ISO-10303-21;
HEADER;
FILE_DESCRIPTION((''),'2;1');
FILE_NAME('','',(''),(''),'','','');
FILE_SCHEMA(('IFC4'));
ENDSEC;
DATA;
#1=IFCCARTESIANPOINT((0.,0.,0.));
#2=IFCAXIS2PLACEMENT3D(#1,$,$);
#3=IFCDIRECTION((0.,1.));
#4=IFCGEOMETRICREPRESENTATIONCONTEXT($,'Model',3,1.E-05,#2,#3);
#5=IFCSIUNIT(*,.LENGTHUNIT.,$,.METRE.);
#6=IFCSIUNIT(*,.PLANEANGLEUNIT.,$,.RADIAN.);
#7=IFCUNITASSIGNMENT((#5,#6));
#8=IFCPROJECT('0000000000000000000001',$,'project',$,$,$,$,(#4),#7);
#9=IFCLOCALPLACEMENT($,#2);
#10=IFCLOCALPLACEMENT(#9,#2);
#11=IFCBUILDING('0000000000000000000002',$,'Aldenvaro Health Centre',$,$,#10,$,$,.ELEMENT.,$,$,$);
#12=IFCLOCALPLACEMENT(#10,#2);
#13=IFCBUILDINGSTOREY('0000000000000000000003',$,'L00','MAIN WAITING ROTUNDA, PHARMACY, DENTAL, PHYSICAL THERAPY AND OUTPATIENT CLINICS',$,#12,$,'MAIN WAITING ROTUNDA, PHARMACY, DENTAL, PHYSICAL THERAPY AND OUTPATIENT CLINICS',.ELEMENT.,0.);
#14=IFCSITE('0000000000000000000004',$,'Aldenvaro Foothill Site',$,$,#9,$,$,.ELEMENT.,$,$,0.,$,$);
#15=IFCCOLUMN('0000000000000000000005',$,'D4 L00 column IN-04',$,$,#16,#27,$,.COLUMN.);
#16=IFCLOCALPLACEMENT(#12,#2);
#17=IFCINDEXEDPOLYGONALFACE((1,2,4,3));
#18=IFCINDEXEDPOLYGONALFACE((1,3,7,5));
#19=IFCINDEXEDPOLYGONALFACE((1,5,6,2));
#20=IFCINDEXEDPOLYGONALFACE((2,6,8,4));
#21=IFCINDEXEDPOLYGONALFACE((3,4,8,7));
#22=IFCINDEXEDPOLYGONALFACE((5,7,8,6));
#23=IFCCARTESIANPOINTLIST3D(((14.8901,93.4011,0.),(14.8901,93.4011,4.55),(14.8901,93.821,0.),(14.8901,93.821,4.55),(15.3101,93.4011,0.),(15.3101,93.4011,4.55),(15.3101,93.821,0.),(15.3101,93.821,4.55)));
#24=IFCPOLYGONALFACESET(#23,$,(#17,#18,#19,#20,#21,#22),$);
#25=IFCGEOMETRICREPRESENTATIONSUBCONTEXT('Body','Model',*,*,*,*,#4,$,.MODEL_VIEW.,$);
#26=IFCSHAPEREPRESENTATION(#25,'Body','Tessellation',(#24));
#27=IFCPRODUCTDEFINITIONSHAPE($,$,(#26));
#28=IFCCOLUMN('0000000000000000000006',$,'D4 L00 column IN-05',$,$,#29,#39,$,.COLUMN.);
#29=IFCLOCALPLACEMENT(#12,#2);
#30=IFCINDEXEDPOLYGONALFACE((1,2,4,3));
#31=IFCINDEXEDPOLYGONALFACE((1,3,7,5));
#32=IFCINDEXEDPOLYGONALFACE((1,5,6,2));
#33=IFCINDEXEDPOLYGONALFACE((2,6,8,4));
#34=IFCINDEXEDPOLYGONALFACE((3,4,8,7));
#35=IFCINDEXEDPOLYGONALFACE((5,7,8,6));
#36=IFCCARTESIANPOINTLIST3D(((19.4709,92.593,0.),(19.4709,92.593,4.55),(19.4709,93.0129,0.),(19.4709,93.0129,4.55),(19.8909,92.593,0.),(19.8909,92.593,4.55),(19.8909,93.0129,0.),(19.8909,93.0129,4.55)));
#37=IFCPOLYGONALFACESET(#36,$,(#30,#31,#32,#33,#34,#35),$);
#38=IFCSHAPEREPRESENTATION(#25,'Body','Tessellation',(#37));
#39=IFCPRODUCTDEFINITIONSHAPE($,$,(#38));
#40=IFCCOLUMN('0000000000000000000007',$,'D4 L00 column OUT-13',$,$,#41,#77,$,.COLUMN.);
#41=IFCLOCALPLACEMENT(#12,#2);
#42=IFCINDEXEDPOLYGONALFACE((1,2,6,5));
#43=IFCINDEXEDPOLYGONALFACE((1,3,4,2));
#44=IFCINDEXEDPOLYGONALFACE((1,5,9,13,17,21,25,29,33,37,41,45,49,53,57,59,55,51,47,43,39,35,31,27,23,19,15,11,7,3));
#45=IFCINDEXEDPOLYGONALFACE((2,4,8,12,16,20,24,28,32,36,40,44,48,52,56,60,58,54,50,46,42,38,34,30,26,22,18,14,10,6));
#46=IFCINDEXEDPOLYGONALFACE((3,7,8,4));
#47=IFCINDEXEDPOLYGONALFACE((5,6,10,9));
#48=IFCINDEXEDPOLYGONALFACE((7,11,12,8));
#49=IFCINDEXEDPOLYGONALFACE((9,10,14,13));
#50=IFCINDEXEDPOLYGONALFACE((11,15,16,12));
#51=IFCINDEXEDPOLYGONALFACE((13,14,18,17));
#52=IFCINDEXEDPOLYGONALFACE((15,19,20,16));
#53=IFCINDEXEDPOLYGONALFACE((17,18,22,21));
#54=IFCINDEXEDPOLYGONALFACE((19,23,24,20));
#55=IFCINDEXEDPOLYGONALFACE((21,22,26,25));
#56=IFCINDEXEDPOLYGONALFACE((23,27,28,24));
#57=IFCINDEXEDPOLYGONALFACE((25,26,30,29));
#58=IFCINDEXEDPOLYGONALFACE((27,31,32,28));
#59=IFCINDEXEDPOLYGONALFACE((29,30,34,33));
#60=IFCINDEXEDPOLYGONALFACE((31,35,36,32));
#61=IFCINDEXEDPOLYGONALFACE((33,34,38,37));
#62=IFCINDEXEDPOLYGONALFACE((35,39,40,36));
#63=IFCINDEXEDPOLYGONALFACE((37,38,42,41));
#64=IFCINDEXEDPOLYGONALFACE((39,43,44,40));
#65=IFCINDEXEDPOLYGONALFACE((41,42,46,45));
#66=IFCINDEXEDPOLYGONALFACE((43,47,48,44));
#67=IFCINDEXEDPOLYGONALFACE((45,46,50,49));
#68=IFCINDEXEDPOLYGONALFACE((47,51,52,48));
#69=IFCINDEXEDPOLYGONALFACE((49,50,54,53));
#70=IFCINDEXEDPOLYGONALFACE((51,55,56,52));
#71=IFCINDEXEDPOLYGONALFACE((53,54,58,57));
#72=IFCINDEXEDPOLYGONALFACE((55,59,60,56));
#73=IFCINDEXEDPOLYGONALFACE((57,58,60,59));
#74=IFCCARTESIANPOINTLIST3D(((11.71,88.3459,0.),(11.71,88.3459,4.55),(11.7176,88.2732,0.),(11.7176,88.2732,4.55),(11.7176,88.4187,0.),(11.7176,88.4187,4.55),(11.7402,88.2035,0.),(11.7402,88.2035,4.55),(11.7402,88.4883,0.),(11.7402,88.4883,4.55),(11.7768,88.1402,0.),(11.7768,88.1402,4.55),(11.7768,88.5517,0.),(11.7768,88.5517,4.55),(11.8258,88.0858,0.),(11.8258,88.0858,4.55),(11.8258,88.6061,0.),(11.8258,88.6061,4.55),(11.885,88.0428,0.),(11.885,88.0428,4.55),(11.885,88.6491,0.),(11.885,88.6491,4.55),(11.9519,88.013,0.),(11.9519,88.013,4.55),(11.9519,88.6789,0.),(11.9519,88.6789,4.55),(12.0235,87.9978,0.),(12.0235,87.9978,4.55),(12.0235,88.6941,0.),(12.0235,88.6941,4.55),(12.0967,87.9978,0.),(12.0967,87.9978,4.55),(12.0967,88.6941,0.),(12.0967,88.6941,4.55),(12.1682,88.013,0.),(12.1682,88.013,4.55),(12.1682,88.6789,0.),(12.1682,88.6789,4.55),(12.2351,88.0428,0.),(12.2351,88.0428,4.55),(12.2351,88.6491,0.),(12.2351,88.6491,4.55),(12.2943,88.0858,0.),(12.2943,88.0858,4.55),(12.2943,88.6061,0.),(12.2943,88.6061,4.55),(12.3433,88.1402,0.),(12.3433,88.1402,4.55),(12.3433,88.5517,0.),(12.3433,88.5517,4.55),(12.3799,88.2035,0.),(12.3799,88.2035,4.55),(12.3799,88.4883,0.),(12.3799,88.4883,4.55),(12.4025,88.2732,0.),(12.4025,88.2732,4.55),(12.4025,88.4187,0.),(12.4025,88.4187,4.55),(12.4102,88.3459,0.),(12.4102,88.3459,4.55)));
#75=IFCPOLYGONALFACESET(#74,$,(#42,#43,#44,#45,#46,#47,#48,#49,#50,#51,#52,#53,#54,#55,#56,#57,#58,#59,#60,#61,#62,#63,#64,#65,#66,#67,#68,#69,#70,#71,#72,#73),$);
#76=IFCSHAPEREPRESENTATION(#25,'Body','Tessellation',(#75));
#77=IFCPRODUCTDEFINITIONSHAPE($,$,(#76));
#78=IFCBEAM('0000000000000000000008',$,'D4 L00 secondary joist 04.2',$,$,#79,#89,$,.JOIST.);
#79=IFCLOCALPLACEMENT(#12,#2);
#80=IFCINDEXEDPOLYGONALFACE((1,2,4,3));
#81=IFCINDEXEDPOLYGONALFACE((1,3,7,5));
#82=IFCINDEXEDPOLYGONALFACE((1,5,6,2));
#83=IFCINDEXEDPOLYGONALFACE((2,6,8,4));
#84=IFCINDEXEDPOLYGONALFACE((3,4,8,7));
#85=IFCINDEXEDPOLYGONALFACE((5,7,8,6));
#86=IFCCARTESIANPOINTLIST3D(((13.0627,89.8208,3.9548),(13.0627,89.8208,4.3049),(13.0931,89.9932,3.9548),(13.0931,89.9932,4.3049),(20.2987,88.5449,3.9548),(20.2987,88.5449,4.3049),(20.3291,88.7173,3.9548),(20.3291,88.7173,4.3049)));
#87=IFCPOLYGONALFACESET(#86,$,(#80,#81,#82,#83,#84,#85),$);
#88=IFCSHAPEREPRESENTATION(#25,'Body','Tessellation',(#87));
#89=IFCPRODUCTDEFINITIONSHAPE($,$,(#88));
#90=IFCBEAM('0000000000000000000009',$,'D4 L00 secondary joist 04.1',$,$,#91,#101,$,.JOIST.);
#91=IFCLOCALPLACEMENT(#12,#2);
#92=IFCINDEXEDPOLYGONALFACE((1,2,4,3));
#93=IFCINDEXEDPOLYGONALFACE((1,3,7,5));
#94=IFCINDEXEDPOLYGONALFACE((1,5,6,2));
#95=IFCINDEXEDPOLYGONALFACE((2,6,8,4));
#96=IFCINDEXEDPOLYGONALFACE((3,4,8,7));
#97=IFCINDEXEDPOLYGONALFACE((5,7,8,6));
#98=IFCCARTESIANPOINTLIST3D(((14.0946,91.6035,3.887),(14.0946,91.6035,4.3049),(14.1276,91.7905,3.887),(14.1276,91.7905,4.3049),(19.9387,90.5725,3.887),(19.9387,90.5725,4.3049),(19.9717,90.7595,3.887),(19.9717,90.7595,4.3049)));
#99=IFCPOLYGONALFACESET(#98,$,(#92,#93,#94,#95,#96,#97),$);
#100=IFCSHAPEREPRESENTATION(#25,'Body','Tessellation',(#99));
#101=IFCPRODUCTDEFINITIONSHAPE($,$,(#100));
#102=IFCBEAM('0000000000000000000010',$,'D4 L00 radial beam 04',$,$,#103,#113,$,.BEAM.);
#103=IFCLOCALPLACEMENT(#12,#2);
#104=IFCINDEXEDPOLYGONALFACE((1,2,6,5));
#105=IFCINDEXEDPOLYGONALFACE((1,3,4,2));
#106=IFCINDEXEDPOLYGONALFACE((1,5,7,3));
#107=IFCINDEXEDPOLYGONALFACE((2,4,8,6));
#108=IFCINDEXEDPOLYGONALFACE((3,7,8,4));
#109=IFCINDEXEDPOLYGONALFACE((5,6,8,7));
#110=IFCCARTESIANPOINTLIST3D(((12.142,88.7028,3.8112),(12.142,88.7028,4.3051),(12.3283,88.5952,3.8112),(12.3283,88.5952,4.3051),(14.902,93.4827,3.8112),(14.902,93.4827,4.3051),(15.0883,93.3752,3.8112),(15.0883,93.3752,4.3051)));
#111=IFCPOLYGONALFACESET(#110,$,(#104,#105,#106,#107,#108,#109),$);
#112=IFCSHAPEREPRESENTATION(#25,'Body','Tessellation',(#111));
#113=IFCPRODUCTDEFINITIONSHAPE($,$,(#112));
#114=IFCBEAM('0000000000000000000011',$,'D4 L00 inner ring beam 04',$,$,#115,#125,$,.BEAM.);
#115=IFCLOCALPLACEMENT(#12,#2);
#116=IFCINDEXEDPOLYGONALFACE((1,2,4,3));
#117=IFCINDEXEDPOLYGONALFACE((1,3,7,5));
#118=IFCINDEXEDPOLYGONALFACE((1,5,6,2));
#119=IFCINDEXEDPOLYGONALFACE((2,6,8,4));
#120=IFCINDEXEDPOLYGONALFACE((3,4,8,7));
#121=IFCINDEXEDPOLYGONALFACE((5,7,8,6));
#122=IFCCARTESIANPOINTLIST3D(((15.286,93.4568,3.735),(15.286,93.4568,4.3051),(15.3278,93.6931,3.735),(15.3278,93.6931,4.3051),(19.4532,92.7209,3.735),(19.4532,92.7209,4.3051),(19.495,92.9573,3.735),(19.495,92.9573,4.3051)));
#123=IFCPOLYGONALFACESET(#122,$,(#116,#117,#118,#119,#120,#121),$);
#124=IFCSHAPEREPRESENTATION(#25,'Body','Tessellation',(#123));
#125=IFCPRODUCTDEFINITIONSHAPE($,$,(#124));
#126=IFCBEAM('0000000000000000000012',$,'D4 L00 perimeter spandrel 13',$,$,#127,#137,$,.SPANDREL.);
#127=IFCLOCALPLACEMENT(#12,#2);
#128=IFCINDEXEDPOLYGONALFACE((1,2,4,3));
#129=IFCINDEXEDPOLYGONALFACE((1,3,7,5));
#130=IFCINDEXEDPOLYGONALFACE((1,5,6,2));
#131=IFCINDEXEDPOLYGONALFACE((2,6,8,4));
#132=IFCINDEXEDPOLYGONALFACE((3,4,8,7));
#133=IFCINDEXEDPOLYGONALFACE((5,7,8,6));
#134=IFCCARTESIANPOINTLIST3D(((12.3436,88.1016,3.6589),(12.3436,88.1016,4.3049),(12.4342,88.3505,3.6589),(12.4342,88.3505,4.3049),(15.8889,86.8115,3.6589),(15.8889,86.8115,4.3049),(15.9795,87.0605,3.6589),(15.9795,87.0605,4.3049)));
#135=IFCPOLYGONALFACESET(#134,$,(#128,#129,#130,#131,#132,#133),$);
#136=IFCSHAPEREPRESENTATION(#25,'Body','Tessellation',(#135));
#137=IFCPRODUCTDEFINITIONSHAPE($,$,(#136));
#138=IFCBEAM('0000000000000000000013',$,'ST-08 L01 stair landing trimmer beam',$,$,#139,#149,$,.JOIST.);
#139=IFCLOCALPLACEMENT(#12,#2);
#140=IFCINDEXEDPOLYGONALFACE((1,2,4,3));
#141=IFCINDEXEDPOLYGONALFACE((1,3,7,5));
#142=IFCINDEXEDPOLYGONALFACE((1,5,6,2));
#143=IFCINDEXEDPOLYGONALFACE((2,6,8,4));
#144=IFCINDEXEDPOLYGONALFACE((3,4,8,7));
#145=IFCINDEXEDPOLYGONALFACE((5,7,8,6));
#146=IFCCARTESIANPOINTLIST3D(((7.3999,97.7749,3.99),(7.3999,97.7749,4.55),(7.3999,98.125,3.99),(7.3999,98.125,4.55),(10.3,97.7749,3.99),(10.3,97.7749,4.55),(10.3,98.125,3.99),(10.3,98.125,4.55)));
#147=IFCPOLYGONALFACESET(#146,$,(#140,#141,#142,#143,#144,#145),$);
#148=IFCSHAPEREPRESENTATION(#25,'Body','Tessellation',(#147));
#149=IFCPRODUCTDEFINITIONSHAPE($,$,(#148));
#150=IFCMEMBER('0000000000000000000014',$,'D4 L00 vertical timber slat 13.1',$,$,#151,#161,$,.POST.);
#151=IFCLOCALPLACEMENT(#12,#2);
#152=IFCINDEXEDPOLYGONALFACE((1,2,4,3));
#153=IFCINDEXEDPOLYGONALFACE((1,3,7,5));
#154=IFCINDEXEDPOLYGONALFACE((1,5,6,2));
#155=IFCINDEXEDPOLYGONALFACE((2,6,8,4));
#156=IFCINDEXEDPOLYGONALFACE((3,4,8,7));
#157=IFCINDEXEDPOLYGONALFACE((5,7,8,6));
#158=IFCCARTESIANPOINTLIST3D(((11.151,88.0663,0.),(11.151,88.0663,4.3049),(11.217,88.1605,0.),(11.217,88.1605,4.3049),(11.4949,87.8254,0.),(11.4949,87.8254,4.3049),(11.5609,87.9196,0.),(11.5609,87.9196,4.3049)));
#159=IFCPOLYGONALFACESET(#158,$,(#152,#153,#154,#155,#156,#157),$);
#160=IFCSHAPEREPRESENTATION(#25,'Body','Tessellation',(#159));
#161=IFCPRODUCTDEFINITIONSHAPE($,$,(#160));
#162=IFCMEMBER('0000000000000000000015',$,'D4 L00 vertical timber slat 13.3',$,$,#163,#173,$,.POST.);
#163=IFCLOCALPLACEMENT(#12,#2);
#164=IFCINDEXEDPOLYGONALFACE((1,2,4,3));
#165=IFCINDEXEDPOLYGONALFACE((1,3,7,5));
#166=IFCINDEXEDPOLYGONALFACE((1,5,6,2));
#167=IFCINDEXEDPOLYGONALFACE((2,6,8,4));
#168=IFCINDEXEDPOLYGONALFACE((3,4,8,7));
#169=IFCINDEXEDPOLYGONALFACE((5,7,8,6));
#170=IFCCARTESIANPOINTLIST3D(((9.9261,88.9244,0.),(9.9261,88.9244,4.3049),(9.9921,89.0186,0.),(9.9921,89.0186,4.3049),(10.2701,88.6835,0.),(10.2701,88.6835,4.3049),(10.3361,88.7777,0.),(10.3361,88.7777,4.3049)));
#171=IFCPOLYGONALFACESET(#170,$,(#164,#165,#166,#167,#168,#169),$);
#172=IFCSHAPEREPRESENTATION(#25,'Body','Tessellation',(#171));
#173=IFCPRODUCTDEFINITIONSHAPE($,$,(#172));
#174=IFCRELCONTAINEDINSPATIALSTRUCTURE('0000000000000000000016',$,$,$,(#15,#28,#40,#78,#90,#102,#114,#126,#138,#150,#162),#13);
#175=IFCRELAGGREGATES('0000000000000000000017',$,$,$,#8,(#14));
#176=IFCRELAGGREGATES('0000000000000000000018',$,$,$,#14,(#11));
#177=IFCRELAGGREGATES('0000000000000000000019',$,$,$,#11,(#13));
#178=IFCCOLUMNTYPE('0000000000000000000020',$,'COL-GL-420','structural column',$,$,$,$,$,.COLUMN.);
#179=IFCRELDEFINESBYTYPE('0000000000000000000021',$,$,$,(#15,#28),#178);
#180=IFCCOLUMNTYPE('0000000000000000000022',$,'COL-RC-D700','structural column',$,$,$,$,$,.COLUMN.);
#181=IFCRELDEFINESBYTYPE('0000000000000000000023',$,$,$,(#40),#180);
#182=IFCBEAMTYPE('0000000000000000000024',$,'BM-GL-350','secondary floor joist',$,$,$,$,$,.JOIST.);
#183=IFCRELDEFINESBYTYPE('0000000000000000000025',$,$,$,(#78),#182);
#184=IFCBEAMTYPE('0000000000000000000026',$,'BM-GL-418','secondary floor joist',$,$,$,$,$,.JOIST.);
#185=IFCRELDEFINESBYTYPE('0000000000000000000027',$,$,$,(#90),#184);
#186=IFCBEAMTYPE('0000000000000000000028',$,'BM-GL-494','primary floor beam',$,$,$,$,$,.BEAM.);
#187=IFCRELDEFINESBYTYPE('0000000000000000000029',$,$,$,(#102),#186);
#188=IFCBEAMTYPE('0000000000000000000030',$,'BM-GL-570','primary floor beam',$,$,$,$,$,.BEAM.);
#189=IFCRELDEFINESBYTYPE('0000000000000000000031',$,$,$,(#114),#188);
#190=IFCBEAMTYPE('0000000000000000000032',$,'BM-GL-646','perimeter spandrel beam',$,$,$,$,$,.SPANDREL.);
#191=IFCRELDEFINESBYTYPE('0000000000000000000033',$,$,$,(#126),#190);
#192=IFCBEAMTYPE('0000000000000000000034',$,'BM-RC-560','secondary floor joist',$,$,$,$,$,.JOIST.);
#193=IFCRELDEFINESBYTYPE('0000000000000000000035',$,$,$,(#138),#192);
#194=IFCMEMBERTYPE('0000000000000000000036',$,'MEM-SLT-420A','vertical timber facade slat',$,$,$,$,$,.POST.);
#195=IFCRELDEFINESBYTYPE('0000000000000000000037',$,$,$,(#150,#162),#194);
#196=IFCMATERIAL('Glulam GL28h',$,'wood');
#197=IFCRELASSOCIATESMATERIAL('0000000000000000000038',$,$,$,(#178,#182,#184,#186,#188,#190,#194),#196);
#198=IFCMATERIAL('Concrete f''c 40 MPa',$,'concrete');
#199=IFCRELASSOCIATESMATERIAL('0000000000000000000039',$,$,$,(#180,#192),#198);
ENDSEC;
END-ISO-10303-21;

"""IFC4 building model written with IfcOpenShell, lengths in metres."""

from ifc_helpers import new_model, si_unit, direction, frame, origin, origin_2d, place, context, subcontext, project, spatial, rectangle, circle, extrude, material, material_profile, profile_set, type_object, element, save


model = new_model("IFC4")

# Units and contexts
model_context = context("Model", 3, precision=1e-05, world=origin(), true_north=direction((0.0, 1.0)))
body_context = subcontext(model_context, "Body", "Model", "MODEL_VIEW")
ifc_project = project(units=[si_unit("LENGTHUNIT", "METRE"), si_unit("PLANEANGLEUNIT", "RADIAN")], contexts=[model_context])

# Site, building, storey
site_placement = place(None, origin())
site = spatial("IfcSite", under=ifc_project, at=site_placement, Name="Aldenvaro Foothill Site", CompositionType="ELEMENT", RefElevation=0.0)
building_placement = place(site_placement, origin())
building = spatial("IfcBuilding", under=site, at=building_placement, Name="Aldenvaro Health Centre", CompositionType="ELEMENT")
storey_placement = place(building_placement, origin())
storey = spatial("IfcBuildingStorey", under=building, at=storey_placement, Name="L00", Description="MAIN WAITING ROTUNDA, PHARMACY, DENTAL, PHYSICAL THERAPY AND OUTPATIENT CLINICS", LongName="MAIN WAITING ROTUNDA, PHARMACY, DENTAL, PHYSICAL THERAPY AND OUTPATIENT CLINICS", CompositionType="ELEMENT", Elevation=0.0)

# Columns
ifc_material_1 = material(Name="Glulam GL28h", Category="wood")
ifc_material_profile_1 = material_profile(ifc_material_1, rectangle(XDim=0.4199, YDim=0.4199, at=origin_2d()), Name="GL 420x420", Category="wood")
ifc_profile_set_1 = profile_set([ifc_material_profile_1], Name="Glulam GL28h")
column_type_1 = type_object("IfcColumnType", Name="COL-GL-420", Description="structural column", PredefinedType="COLUMN", material=ifc_profile_set_1)
for number, where, z_axis, x_axis, name in (
    (1, (15.1001, 93.6111, 0.0), (0.0, 0.0, 1.0), (1.0, 0.0, 0.0), "D4 L00 column IN-04"),
    (2, (19.6809, 92.803, 0.0), (0.0, 0.0, 1.0), (1.0, 0.0, 0.0), "D4 L00 column IN-05"),
):
    element("IfcColumn", number, at=place(storey_placement, frame(where, z_axis=z_axis, x_axis=x_axis)), inside=storey, type_object=column_type_1, Name=name, PredefinedType="COLUMN", context=body_context, shape_type="SweptSolid", body=[
        extrude(rectangle(XDim=0.4199, YDim=0.4199, at=origin_2d()), origin(), (0.0, 0.0, 1.0), 4.55),
    ])
ifc_material_2 = material(Name="Concrete f'c 40 MPa", Category="concrete")
ifc_material_profile_2 = material_profile(ifc_material_2, circle(Radius=0.3501, at=origin_2d()), Name="RC D700", Category="concrete")
ifc_profile_set_2 = profile_set([ifc_material_profile_2], Name="Concrete f'c 40 MPa")
column_type_2 = type_object("IfcColumnType", Name="COL-RC-D700", Description="structural column", PredefinedType="COLUMN", material=ifc_profile_set_2)
column_placement = place(storey_placement, frame((12.0601, 88.3459, 0.0), z_axis=(0.0, 0.0, 1.0), x_axis=(1.0, 0.0, 0.0)))
element("IfcColumn", 3, at=column_placement, inside=storey, type_object=column_type_2, Name="D4 L00 column OUT-13", PredefinedType="COLUMN", context=body_context, shape_type="SweptSolid", body=[
    extrude(circle(Radius=0.3501, at=origin_2d()), origin(), (0.0, 0.0, 1.0), 4.55),
])

# Beams
ifc_material_profile_3 = material_profile(ifc_material_1, rectangle(XDim=0.175, YDim=0.3501, at=origin_2d()), Name="GL 175x350", Category="wood")
ifc_profile_set_3 = profile_set([ifc_material_profile_3], Name="Glulam GL28h")
beam_type_1 = type_object("IfcBeamType", Name="BM-GL-350", Description="secondary floor joist", PredefinedType="JOIST", material=ifc_profile_set_3)
beam_1_placement = place(storey_placement, frame((13.0779, 89.907, 4.1299), z_axis=(0.984809, -0.173643, 0.0), x_axis=(0.173643, 0.984809, 0.0)))
element("IfcBeam", 4, at=beam_1_placement, inside=storey, type_object=beam_type_1, Name="D4 L00 secondary joist 04.2", PredefinedType="JOIST", context=body_context, shape_type="SweptSolid", body=[
    extrude(rectangle(XDim=0.175, YDim=0.3501, at=origin_2d()), origin(), (0.0, 0.0, 1.0), 7.3477),
])
ifc_material_profile_4 = material_profile(ifc_material_1, rectangle(XDim=0.1899, YDim=0.418, at=origin_2d()), Name="GL 190x418", Category="wood")
ifc_profile_set_4 = profile_set([ifc_material_profile_4], Name="Glulam GL28h")
beam_type_2 = type_object("IfcBeamType", Name="BM-GL-418", Description="secondary floor joist", PredefinedType="JOIST", material=ifc_profile_set_4)
beam_2_placement = place(storey_placement, frame((14.1111, 91.697, 4.0959), z_axis=(0.984792, -0.173738, 0.0), x_axis=(0.173738, 0.984792, 0.0)))
element("IfcBeam", 5, at=beam_2_placement, inside=storey, type_object=beam_type_2, Name="D4 L00 secondary joist 04.1", PredefinedType="JOIST", context=body_context, shape_type="SweptSolid", body=[
    extrude(rectangle(XDim=0.1899, YDim=0.418, at=origin_2d()), origin(), (0.0, 0.0, 1.0), 5.9343),
])
ifc_material_profile_5 = material_profile(ifc_material_1, rectangle(XDim=0.2151, YDim=0.4939, at=origin_2d()), Name="GL 215x494", Category="wood")
ifc_profile_set_5 = profile_set([ifc_material_profile_5], Name="Glulam GL28h")
beam_type_3 = type_object("IfcBeamType", Name="BM-GL-494", Description="primary floor beam", PredefinedType="BEAM", material=ifc_profile_set_5)
beam_3_placement = place(storey_placement, frame((14.9951, 93.429, 4.0581), z_axis=(-0.500035, -0.866005, 0.0), x_axis=(0.866005, -0.500035, 0.0)))
element("IfcBeam", 6, at=beam_3_placement, inside=storey, type_object=beam_type_3, Name="D4 L00 radial beam 04", PredefinedType="BEAM", context=body_context, shape_type="SweptSolid", body=[
    extrude(rectangle(XDim=0.2151, YDim=0.4939, at=origin_2d()), origin(), (0.0, 0.0, 1.0), 5.5195),
])
ifc_material_profile_6 = material_profile(ifc_material_1, rectangle(XDim=0.24, YDim=0.5701, at=origin_2d()), Name="GL 240x570", Category="wood")
ifc_profile_set_6 = profile_set([ifc_material_profile_6], Name="Glulam GL28h")
beam_type_4 = type_object("IfcBeamType", Name="BM-GL-570", Description="primary floor beam", PredefinedType="BEAM", material=ifc_profile_set_6)
beam_4_placement = place(storey_placement, frame((15.3069, 93.575, 4.02), z_axis=(0.984766, -0.173887, 0.0), x_axis=(0.173887, 0.984766, 0.0)))
element("IfcBeam", 7, at=beam_4_placement, inside=storey, type_object=beam_type_4, Name="D4 L00 inner ring beam 04", PredefinedType="BEAM", context=body_context, shape_type="SweptSolid", body=[
    extrude(rectangle(XDim=0.24, YDim=0.5701, at=origin_2d()), origin(), (0.0, 0.0, 1.0), 4.2317),
])
ifc_material_profile_7 = material_profile(ifc_material_1, rectangle(XDim=0.2649, YDim=0.646, at=origin_2d()), Name="GL 265x646", Category="wood")
ifc_profile_set_7 = profile_set([ifc_material_profile_7], Name="Glulam GL28h")
beam_type_5 = type_object("IfcBeamType", Name="BM-GL-646", Description="perimeter spandrel beam", PredefinedType="SPANDREL", material=ifc_profile_set_7)
beam_5_placement = place(storey_placement, frame((12.3889, 88.2261, 3.9819), z_axis=(0.939718, -0.341951, 0.0), x_axis=(0.341951, 0.939718, 0.0)))
element("IfcBeam", 8, at=beam_5_placement, inside=storey, type_object=beam_type_5, Name="D4 L00 perimeter spandrel 13", PredefinedType="SPANDREL", context=body_context, shape_type="SweptSolid", body=[
    extrude(rectangle(XDim=0.2649, YDim=0.646, at=origin_2d()), origin(), (0.0, 0.0, 1.0), 3.7727),
])
ifc_material_profile_8 = material_profile(ifc_material_2, rectangle(XDim=0.3501, YDim=0.5601, at=origin_2d()), Name="RC 350x560", Category="concrete")
ifc_profile_set_8 = profile_set([ifc_material_profile_8], Name="Concrete f'c 40 MPa")
beam_type_6 = type_object("IfcBeamType", Name="BM-RC-560", Description="secondary floor joist", PredefinedType="JOIST", material=ifc_profile_set_8)
beam_6_placement = place(storey_placement, frame((10.3, 97.95, 4.27), z_axis=(-1.0, 0.0, 0.0), x_axis=(0.0, -1.0, 0.0)))
element("IfcBeam", 9, at=beam_6_placement, inside=storey, type_object=beam_type_6, Name="ST-08 L01 stair landing trimmer beam", PredefinedType="JOIST", context=body_context, shape_type="SweptSolid", body=[
    extrude(rectangle(XDim=0.3501, YDim=0.5601, at=origin_2d()), origin(), (0.0, 0.0, 1.0), 2.9001),
])

# Members
ifc_material_profile_9 = material_profile(ifc_material_1, rectangle(XDim=0.115, YDim=0.4199, at=origin_2d()), Name="GL 115x420", Category="wood")
ifc_profile_set_9 = profile_set([ifc_material_profile_9], Name="Glulam GL28h")
member_type_1 = type_object("IfcMemberType", Name="MEM-SLT-420A", Description="vertical timber facade slat", PredefinedType="POST", material=ifc_profile_set_9)
for number, where, z_axis, x_axis, name in (
    (10, (11.356, 87.9929, 0.0), (0.0, 0.0, 1.0), (-0.573721, -0.819051, 0.0), "D4 L00 vertical timber slat 13.1"),
    (11, (10.1311, 88.8511, 0.0), (0.0, 0.0, 1.0), (-0.573721, -0.819051, 0.0), "D4 L00 vertical timber slat 13.3"),
):
    element("IfcMember", number, at=place(storey_placement, frame(where, z_axis=z_axis, x_axis=x_axis)), inside=storey, type_object=member_type_1, Name=name, PredefinedType="POST", context=body_context, shape_type="SweptSolid", body=[
        extrude(rectangle(XDim=0.115, YDim=0.4199, at=origin_2d()), origin(), (0.0, 0.0, 1.0), 4.3049),
    ])

save(model, "model.ifc")
